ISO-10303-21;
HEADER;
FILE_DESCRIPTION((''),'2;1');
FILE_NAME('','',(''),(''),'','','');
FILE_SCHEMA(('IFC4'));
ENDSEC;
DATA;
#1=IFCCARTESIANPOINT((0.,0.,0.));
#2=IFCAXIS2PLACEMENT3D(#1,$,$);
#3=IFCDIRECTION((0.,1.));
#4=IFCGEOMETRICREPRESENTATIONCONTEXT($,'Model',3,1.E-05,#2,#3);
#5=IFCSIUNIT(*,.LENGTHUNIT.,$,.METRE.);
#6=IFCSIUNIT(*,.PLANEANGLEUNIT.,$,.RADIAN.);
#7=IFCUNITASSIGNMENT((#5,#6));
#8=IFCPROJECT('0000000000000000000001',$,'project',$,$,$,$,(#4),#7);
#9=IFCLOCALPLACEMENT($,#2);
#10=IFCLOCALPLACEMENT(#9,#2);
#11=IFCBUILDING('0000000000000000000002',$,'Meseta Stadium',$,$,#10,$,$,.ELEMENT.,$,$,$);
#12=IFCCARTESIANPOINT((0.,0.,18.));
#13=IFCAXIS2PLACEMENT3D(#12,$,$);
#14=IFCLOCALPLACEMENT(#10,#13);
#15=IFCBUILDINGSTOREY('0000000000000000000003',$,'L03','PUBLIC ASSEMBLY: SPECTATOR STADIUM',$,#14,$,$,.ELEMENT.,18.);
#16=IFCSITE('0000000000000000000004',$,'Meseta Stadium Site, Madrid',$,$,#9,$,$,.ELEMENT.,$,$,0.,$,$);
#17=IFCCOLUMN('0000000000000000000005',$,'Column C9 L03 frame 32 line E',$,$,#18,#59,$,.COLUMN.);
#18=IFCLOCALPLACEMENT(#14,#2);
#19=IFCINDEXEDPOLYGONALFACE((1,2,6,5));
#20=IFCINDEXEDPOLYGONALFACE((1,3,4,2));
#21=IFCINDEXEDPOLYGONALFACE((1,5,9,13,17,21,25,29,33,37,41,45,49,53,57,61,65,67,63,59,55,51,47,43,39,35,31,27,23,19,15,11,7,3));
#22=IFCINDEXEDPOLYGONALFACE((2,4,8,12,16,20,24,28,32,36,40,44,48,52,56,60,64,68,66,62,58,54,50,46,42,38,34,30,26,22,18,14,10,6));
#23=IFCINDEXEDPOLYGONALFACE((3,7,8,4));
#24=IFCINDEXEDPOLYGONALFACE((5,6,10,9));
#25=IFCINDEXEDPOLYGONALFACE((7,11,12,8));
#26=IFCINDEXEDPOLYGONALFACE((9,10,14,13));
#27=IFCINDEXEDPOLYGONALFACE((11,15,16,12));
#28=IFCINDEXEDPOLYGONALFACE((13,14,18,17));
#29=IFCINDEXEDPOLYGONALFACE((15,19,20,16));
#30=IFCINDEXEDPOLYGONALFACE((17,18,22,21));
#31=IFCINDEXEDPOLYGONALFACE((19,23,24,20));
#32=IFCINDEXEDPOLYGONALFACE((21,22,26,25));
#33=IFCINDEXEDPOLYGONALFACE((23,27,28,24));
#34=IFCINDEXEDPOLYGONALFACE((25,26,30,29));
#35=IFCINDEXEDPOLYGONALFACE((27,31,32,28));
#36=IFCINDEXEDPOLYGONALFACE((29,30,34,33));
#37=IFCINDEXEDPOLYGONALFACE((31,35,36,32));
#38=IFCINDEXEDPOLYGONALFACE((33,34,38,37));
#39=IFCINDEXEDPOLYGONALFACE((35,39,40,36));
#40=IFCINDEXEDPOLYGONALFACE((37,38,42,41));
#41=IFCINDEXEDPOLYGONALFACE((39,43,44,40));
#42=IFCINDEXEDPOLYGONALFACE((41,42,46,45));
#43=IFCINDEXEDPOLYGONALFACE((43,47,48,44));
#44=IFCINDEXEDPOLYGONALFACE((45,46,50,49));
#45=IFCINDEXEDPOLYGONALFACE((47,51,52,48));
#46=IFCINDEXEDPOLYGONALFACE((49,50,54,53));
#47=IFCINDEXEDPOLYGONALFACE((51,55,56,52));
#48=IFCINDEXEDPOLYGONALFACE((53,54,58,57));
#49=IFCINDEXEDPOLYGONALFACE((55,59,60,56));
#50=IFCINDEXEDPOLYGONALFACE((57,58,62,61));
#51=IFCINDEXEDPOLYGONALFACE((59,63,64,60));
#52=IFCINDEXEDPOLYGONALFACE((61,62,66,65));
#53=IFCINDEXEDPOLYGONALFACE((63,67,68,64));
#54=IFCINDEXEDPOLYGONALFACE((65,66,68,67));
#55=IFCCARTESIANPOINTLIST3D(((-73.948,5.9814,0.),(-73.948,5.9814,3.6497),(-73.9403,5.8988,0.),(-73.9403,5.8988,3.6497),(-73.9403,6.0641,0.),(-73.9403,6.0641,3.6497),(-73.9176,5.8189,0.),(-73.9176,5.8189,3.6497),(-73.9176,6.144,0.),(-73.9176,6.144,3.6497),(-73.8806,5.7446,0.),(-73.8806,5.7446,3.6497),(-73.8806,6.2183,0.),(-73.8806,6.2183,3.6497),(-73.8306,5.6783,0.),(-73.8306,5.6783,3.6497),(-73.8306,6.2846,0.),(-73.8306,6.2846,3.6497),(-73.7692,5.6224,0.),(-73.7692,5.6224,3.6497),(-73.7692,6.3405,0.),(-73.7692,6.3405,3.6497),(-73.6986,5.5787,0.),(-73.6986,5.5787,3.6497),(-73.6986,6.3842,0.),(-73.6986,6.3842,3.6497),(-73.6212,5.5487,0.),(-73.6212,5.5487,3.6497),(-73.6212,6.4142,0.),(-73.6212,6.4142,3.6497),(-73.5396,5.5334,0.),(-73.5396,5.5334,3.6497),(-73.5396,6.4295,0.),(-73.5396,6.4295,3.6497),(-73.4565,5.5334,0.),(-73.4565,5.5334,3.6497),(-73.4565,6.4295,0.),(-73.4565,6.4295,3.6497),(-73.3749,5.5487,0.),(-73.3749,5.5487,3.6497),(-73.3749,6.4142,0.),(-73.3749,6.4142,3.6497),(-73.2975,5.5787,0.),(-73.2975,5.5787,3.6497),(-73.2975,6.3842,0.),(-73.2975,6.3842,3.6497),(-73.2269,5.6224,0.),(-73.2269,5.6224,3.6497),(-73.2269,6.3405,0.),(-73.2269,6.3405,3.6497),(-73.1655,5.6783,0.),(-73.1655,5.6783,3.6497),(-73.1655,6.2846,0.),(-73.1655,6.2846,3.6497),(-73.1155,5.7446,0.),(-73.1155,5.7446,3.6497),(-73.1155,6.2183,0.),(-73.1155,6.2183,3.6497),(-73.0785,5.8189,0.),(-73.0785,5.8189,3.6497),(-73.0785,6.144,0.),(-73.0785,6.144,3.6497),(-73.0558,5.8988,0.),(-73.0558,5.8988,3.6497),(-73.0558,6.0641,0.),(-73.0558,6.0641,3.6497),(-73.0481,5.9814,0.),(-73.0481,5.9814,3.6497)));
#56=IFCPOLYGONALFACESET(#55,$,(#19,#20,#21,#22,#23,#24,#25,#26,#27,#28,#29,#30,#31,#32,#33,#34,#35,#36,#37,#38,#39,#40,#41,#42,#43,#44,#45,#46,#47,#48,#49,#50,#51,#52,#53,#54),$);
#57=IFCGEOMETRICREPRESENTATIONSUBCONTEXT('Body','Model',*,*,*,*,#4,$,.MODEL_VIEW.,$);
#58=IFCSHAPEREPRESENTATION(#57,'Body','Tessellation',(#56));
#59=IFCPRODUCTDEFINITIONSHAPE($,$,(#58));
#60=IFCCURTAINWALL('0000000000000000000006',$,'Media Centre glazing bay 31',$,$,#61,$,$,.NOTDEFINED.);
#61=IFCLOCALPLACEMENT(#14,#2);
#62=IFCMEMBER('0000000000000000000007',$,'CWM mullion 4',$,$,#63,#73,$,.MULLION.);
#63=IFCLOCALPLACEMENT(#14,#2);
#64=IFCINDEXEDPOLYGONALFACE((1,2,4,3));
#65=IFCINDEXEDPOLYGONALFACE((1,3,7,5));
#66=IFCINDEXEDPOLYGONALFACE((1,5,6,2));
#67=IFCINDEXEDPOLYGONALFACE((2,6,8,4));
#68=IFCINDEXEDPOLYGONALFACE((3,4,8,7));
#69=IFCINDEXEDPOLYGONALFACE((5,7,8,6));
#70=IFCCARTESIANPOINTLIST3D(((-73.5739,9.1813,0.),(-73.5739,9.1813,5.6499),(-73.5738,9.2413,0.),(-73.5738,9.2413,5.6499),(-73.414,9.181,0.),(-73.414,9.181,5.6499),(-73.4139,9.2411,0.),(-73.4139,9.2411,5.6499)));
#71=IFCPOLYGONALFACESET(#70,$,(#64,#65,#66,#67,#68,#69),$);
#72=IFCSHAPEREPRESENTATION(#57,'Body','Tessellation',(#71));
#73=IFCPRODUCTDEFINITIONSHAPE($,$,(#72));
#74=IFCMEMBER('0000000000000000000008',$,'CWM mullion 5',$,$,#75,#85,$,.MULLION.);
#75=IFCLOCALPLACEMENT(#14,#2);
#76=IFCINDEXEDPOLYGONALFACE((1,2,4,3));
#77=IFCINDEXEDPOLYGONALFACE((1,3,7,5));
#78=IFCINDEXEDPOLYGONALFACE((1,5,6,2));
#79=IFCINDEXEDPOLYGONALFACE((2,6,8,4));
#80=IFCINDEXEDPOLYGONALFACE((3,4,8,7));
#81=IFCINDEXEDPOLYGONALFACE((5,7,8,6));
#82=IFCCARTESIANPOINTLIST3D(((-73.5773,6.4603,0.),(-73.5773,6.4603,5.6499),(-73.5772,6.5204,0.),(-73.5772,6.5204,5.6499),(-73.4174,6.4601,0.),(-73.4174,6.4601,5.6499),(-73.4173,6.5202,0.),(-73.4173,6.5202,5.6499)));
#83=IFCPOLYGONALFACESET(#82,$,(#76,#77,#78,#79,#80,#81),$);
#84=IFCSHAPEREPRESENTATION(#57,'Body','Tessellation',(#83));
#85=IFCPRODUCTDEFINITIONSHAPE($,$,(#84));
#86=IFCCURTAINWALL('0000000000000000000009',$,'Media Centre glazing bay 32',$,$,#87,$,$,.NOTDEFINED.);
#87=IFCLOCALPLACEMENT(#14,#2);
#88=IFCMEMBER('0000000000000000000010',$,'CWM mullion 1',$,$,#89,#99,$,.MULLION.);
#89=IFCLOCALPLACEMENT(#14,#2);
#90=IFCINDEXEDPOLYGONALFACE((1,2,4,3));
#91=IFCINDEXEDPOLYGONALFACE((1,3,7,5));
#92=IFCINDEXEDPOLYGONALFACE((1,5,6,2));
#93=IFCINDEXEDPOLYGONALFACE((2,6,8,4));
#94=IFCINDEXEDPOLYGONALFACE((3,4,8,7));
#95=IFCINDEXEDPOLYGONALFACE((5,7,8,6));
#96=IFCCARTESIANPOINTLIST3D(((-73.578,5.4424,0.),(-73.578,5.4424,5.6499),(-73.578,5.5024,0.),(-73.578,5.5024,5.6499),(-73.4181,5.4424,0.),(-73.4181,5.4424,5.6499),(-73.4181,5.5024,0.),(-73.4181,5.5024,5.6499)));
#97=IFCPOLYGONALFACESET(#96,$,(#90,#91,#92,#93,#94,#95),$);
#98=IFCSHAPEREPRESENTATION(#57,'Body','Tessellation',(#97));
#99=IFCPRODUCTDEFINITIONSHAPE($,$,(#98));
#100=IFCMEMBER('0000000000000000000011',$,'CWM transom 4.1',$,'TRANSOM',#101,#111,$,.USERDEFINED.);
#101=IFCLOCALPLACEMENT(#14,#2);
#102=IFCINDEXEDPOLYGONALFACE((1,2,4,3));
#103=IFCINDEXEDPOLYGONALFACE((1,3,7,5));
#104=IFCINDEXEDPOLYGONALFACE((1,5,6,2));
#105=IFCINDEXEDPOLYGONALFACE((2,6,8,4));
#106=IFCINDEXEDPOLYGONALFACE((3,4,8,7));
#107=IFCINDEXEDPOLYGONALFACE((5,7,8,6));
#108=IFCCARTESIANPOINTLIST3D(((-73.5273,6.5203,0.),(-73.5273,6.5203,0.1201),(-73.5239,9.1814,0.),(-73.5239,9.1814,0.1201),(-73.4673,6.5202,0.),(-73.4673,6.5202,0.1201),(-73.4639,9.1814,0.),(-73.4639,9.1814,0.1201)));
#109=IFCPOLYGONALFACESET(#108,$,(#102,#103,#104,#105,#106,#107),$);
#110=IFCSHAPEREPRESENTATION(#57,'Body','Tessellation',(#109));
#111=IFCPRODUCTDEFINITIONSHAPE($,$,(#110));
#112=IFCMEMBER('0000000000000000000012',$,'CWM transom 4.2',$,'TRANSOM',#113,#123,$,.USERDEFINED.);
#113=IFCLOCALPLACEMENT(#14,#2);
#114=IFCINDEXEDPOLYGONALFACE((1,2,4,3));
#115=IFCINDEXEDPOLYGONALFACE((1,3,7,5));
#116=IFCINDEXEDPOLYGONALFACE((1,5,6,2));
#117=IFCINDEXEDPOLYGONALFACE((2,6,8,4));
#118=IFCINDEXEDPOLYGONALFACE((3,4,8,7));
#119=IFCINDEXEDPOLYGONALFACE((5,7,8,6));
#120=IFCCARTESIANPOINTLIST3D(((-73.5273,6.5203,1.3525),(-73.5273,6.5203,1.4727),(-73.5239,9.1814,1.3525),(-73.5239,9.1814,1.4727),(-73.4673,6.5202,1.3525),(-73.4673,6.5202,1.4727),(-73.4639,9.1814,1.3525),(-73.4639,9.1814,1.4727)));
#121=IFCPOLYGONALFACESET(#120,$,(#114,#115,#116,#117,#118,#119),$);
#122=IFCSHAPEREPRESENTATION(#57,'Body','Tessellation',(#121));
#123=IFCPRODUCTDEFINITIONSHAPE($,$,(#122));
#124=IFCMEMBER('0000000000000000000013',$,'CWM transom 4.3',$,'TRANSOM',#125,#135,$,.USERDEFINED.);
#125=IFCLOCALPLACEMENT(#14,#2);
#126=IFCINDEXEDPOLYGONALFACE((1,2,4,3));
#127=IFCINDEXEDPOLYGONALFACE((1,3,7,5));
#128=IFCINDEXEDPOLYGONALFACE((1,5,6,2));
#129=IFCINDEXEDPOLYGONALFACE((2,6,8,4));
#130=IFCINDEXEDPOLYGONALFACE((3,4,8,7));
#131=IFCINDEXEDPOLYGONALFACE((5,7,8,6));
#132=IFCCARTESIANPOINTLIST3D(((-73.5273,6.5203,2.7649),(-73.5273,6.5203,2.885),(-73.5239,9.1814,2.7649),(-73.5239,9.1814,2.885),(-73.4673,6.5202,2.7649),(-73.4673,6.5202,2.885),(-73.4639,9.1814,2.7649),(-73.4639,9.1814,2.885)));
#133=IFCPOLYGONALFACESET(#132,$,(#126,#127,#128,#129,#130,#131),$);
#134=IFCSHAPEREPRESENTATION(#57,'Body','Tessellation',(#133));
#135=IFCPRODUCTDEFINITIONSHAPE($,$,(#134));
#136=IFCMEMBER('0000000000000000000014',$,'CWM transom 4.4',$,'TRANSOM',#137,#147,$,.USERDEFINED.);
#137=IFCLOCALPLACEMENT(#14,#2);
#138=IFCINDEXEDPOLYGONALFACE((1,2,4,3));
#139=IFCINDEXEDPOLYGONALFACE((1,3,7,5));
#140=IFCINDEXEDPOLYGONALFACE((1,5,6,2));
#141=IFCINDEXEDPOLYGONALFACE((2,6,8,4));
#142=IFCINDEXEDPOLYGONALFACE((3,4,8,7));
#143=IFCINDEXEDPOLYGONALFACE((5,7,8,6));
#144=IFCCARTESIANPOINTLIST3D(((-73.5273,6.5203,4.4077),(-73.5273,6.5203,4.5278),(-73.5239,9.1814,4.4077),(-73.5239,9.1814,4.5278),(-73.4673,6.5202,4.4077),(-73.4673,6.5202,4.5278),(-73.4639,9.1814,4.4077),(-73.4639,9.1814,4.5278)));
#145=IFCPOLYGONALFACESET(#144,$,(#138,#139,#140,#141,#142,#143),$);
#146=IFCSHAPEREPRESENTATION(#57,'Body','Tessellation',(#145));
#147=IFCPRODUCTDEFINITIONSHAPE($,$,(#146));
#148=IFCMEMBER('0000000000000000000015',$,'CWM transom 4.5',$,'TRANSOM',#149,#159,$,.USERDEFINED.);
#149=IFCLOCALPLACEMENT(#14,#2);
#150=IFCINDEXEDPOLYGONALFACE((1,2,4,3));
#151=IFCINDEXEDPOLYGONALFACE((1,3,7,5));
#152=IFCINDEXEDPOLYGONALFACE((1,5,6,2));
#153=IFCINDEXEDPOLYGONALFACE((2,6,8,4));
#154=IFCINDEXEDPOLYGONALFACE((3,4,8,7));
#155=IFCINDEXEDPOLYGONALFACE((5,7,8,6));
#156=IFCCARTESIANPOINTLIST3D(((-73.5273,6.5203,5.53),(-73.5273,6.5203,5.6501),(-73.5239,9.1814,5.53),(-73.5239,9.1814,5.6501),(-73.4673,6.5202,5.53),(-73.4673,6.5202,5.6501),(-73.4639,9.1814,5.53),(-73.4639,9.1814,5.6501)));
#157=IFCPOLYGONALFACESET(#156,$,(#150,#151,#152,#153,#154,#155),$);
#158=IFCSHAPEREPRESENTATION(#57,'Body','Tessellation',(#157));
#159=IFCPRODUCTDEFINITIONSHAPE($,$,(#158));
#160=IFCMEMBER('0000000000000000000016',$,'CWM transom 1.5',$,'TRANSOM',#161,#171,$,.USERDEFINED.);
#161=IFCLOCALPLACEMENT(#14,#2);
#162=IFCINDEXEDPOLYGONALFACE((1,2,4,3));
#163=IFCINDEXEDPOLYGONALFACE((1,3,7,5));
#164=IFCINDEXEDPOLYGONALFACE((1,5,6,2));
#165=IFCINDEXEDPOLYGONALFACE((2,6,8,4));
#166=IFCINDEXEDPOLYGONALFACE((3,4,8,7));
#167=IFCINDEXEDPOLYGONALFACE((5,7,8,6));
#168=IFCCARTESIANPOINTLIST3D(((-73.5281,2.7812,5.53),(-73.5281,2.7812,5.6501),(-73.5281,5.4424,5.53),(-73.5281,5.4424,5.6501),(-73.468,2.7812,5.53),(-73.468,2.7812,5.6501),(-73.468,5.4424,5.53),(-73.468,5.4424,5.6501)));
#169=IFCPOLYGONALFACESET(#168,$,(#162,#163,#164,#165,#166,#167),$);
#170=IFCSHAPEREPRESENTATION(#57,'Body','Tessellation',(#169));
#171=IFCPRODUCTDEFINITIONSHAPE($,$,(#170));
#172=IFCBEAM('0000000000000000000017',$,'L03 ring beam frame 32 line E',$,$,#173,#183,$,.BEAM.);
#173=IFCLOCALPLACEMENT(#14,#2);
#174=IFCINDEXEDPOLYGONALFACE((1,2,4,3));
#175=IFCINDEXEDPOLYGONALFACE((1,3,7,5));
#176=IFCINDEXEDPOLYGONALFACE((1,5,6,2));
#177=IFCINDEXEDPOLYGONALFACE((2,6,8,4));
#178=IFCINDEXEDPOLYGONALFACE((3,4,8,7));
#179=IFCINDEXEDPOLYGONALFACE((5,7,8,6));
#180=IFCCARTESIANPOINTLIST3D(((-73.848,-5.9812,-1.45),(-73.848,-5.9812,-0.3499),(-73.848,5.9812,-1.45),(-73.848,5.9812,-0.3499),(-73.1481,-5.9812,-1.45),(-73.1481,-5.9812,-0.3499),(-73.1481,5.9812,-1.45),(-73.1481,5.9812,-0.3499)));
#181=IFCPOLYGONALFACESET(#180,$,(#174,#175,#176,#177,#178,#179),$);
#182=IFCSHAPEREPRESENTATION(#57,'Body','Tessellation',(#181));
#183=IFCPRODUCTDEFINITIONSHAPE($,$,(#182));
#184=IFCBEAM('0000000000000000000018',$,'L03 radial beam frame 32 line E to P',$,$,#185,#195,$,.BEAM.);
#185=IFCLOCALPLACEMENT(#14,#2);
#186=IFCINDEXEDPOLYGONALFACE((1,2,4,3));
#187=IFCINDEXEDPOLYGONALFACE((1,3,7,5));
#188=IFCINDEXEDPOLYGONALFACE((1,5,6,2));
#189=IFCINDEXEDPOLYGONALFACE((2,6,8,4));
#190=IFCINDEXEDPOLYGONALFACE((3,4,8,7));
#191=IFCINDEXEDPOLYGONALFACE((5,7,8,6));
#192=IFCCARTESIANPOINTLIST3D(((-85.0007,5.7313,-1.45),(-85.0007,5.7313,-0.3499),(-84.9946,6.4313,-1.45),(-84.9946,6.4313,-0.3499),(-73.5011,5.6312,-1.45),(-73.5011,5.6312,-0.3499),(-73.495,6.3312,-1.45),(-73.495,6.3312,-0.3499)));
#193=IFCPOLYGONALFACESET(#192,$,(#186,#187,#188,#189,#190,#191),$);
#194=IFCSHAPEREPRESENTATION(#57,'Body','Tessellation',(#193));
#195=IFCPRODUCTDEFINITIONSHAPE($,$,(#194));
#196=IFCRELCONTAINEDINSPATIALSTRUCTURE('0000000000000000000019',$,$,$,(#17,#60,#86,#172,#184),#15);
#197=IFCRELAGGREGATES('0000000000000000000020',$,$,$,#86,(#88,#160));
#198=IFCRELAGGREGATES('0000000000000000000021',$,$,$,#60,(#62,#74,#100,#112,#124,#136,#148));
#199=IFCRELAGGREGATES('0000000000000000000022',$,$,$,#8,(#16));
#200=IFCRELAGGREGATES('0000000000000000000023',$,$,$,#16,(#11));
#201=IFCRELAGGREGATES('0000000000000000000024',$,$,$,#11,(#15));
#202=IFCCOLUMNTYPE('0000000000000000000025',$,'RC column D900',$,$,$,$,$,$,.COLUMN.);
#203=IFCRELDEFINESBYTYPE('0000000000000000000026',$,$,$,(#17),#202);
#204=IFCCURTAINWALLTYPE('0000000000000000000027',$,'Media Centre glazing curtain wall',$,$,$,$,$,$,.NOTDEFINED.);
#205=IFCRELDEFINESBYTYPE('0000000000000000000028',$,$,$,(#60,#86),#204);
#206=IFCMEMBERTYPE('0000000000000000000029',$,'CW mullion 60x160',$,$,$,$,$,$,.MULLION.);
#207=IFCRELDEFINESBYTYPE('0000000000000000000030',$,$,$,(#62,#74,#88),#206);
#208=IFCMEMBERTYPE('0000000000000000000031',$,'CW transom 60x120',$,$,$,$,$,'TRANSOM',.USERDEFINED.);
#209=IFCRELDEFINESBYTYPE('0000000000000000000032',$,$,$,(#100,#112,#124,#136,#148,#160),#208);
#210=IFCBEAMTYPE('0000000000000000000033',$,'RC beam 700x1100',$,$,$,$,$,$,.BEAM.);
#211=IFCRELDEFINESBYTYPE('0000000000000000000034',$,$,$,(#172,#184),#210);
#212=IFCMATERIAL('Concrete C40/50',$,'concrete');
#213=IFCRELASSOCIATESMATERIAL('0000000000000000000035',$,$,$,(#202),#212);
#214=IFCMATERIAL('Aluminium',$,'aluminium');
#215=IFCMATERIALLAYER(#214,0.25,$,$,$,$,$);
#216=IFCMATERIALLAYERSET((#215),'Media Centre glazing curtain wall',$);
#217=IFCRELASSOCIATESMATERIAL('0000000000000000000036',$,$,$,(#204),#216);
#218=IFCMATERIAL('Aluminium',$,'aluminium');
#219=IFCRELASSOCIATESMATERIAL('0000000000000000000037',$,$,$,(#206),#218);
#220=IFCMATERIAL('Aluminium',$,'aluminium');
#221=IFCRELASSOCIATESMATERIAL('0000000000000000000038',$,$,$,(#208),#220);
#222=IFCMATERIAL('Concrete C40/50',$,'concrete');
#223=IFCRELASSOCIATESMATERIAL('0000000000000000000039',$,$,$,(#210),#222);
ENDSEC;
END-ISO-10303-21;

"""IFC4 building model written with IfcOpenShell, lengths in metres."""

from ifc_helpers import new_model, si_unit, direction, frame, origin, origin_2d, place, context, subcontext, project, spatial, rectangle, circle, extrude, material, layer, layer_set, material_profile, profile_set, type_object, element, aggregate, save


model = new_model("IFC4")

# Units and contexts
model_context = context("Model", 3, precision=1e-05, world=origin(), true_north=direction((0.0, 1.0)))
body_context = subcontext(model_context, "Body", "Model", "MODEL_VIEW")
ifc_project = project(units=[si_unit("LENGTHUNIT", "METRE"), si_unit("PLANEANGLEUNIT", "RADIAN")], contexts=[model_context])

# Site, building, storey
site_placement = place(None, origin())
site = spatial("IfcSite", under=ifc_project, at=site_placement, Name="Meseta Stadium Site, Madrid", CompositionType="ELEMENT", RefElevation=0.0)
building_placement = place(site_placement, origin())
building = spatial("IfcBuilding", under=site, at=building_placement, Name="Meseta Stadium", CompositionType="ELEMENT")
storey_placement = place(building_placement, frame((0.0, 0.0, 18.0)))
storey = spatial("IfcBuildingStorey", under=building, at=storey_placement, Name="L03", Description="PUBLIC ASSEMBLY: SPECTATOR STADIUM", CompositionType="ELEMENT", Elevation=18.0)

# Column
ifc_material_1 = material(Name="Concrete C40/50", Category="concrete")
ifc_material_profile_1 = material_profile(ifc_material_1, circle(Radius=0.45, at=origin_2d()), Name="RC D900")
ifc_profile_set_1 = profile_set([ifc_material_profile_1], Name="Concrete C40/50")
column_type = type_object("IfcColumnType", Name="RC column D900", PredefinedType="COLUMN", material=ifc_profile_set_1)
column_placement = place(storey_placement, frame((-73.498, 5.9814, 0.0), z_axis=(0.0, 0.0, 1.0), x_axis=(1.0, 0.0, 0.0)))
element("IfcColumn", 1, at=column_placement, inside=storey, type_object=column_type, Name="Column C9 L03 frame 32 line E", PredefinedType="COLUMN", context=body_context, shape_type="SweptSolid", body=[
    extrude(circle(Radius=0.45, at=origin_2d()), origin(), (0.0, 0.0, 1.0), 3.6497),
])

# Curtain wall, members
ifc_material_2 = material(Name="Aluminium", Category="aluminium")
ifc_layer_1 = layer(ifc_material_2, 0.25)
ifc_layer_set_1 = layer_set([ifc_layer_1], Name="Media Centre glazing curtain wall")
curtain_wall_type = type_object("IfcCurtainWallType", Name="Media Centre glazing curtain wall", PredefinedType="NOTDEFINED", material=ifc_layer_set_1)
curtain_wall_1_placement = place(storey_placement, origin())
curtain_wall_1 = element("IfcCurtainWall", 2, at=curtain_wall_1_placement, inside=storey, type_object=curtain_wall_type, Name="Media Centre glazing bay 31", PredefinedType="NOTDEFINED")
ifc_material_3 = material(Name="Aluminium", Category="aluminium")
ifc_material_profile_2 = material_profile(ifc_material_3, rectangle(XDim=0.1599, YDim=0.0601, at=origin_2d()), Name="CW 160x60")
ifc_profile_set_2 = profile_set([ifc_material_profile_2], Name="Aluminium")
member_type_1 = type_object("IfcMemberType", Name="CW mullion 60x160", PredefinedType="MULLION", material=ifc_profile_set_2)
member_1_placement = place(storey_placement, frame((-73.4939, 9.2112, 0.0), z_axis=(0.0, 0.0, 1.0), x_axis=(0.999999, -0.001305, 0.0)))
member_1 = element("IfcMember", 3, at=member_1_placement, type_object=member_type_1, Name="CWM mullion 4", PredefinedType="MULLION", context=body_context, shape_type="SweptSolid", body=[
    extrude(rectangle(XDim=0.1599, YDim=0.0601, at=origin_2d()), origin(), (0.0, 0.0, 1.0), 5.6499),
])
member_2_placement = place(storey_placement, frame((-73.4973, 6.4902, 0.0), z_axis=(0.0, 0.0, 1.0), x_axis=(0.999999, -0.001305, 0.0)))
member_2 = element("IfcMember", 4, at=member_2_placement, type_object=member_type_1, Name="CWM mullion 5", PredefinedType="MULLION", context=body_context, shape_type="SweptSolid", body=[
    extrude(rectangle(XDim=0.1599, YDim=0.0601, at=origin_2d()), origin(), (0.0, 0.0, 1.0), 5.6499),
])

# Curtain wall, member
curtain_wall_2_placement = place(storey_placement, origin())
curtain_wall_2 = element("IfcCurtainWall", 5, at=curtain_wall_2_placement, inside=storey, type_object=curtain_wall_type, Name="Media Centre glazing bay 32", PredefinedType="NOTDEFINED")
member_3_placement = place(storey_placement, frame((-73.498, 5.4724, 0.0), z_axis=(0.0, 0.0, 1.0), x_axis=(1.0, 0.0, 0.0)))
member_3 = element("IfcMember", 6, at=member_3_placement, type_object=member_type_1, Name="CWM mullion 1", PredefinedType="MULLION", context=body_context, shape_type="SweptSolid", body=[
    extrude(rectangle(XDim=0.1599, YDim=0.0601, at=origin_2d()), origin(), (0.0, 0.0, 1.0), 5.6499),
])

# Members
ifc_material_4 = material(Name="Aluminium", Category="aluminium")
ifc_material_profile_3 = material_profile(ifc_material_4, rectangle(XDim=0.0601, YDim=0.1201, at=origin_2d()), Name="CW 60x120")
ifc_profile_set_3 = profile_set([ifc_material_profile_3], Name="Aluminium")
member_type_2 = type_object("IfcMemberType", Name="CW transom 60x120", ElementType="TRANSOM", PredefinedType="USERDEFINED", material=ifc_profile_set_3)
member_4_placement = place(storey_placement, frame((-73.4939, 9.1814, 0.0601), z_axis=(-0.001284, -0.999999, 0.0), x_axis=(0.999999, -0.001284, 0.0)))
member_4 = element("IfcMember", 7, at=member_4_placement, type_object=member_type_2, Name="CWM transom 4.1", ObjectType="TRANSOM", PredefinedType="USERDEFINED", context=body_context, shape_type="SweptSolid", body=[
    extrude(rectangle(XDim=0.0601, YDim=0.1201, at=origin_2d()), origin(), (0.0, 0.0, 1.0), 2.6611),
])
member_5_placement = place(storey_placement, frame((-73.4939, 9.1814, 1.4126), z_axis=(-0.001284, -0.999999, 0.0), x_axis=(0.999999, -0.001284, 0.0)))
member_5 = element("IfcMember", 8, at=member_5_placement, type_object=member_type_2, Name="CWM transom 4.2", ObjectType="TRANSOM", PredefinedType="USERDEFINED", context=body_context, shape_type="SweptSolid", body=[
    extrude(rectangle(XDim=0.0601, YDim=0.1201, at=origin_2d()), origin(), (0.0, 0.0, 1.0), 2.6611),
])
member_6_placement = place(storey_placement, frame((-73.4939, 9.1814, 2.825), z_axis=(-0.001284, -0.999999, 0.0), x_axis=(0.999999, -0.001284, 0.0)))
member_6 = element("IfcMember", 9, at=member_6_placement, type_object=member_type_2, Name="CWM transom 4.3", ObjectType="TRANSOM", PredefinedType="USERDEFINED", context=body_context, shape_type="SweptSolid", body=[
    extrude(rectangle(XDim=0.0601, YDim=0.1201, at=origin_2d()), origin(), (0.0, 0.0, 1.0), 2.6611),
])
member_7_placement = place(storey_placement, frame((-73.4939, 9.1814, 4.4678), z_axis=(-0.001284, -0.999999, 0.0), x_axis=(0.999999, -0.001284, 0.0)))
member_7 = element("IfcMember", 10, at=member_7_placement, type_object=member_type_2, Name="CWM transom 4.4", ObjectType="TRANSOM", PredefinedType="USERDEFINED", context=body_context, shape_type="SweptSolid", body=[
    extrude(rectangle(XDim=0.0601, YDim=0.1201, at=origin_2d()), origin(), (0.0, 0.0, 1.0), 2.6611),
])
member_8_placement = place(storey_placement, frame((-73.4939, 9.1814, 5.5901), z_axis=(-0.001284, -0.999999, 0.0), x_axis=(0.999999, -0.001284, 0.0)))
member_8 = element("IfcMember", 11, at=member_8_placement, type_object=member_type_2, Name="CWM transom 4.5", ObjectType="TRANSOM", PredefinedType="USERDEFINED", context=body_context, shape_type="SweptSolid", body=[
    extrude(rectangle(XDim=0.0601, YDim=0.1201, at=origin_2d()), origin(), (0.0, 0.0, 1.0), 2.6611),
])
member_9_placement = place(storey_placement, frame((-73.498, 5.4424, 5.5901), z_axis=(0.0, -1.0, 0.0), x_axis=(1.0, 0.0, 0.0)))
member_9 = element("IfcMember", 12, at=member_9_placement, type_object=member_type_2, Name="CWM transom 1.5", ObjectType="TRANSOM", PredefinedType="USERDEFINED", context=body_context, shape_type="SweptSolid", body=[
    extrude(rectangle(XDim=0.0601, YDim=0.1201, at=origin_2d()), origin(), (0.0, 0.0, 1.0), 2.6611),
])
aggregate(curtain_wall_2, [member_3, member_9])

# Beams
ifc_material_5 = material(Name="Concrete C40/50", Category="concrete")
ifc_material_profile_4 = material_profile(ifc_material_5, rectangle(XDim=0.7, YDim=1.1001, at=origin_2d()), Name="RC 700x1100")
ifc_profile_set_4 = profile_set([ifc_material_profile_4], Name="Concrete C40/50")
beam_type = type_object("IfcBeamType", Name="RC beam 700x1100", PredefinedType="BEAM", material=ifc_profile_set_4)
beam_1_placement = place(storey_placement, frame((-73.498, 5.9812, -0.8999), z_axis=(0.0, -1.0, 0.0), x_axis=(1.0, 0.0, 0.0)))
element("IfcBeam", 13, at=beam_1_placement, inside=storey, type_object=beam_type, Name="L03 ring beam frame 32 line E", PredefinedType="BEAM", context=body_context, shape_type="SweptSolid", body=[
    extrude(rectangle(XDim=0.7, YDim=1.1001, at=origin_2d()), origin(), (0.0, 0.0, 1.0), 11.9624),
])
beam_2_placement = place(storey_placement, frame((-73.498, 5.9812, -0.8999), z_axis=(-0.999962, 0.008704, 0.0), x_axis=(-0.008704, -0.999962, 0.0)))
element("IfcBeam", 14, at=beam_2_placement, inside=storey, type_object=beam_type, Name="L03 radial beam frame 32 line E to P", PredefinedType="BEAM", context=body_context, shape_type="SweptSolid", body=[
    extrude(rectangle(XDim=0.7, YDim=1.1001, at=origin_2d()), origin(), (0.0, 0.0, 1.0), 11.5),
])

aggregate(curtain_wall_1, [member_1, member_2, member_4, member_5, member_6, member_7, member_8])

save(model, "model.ifc")
